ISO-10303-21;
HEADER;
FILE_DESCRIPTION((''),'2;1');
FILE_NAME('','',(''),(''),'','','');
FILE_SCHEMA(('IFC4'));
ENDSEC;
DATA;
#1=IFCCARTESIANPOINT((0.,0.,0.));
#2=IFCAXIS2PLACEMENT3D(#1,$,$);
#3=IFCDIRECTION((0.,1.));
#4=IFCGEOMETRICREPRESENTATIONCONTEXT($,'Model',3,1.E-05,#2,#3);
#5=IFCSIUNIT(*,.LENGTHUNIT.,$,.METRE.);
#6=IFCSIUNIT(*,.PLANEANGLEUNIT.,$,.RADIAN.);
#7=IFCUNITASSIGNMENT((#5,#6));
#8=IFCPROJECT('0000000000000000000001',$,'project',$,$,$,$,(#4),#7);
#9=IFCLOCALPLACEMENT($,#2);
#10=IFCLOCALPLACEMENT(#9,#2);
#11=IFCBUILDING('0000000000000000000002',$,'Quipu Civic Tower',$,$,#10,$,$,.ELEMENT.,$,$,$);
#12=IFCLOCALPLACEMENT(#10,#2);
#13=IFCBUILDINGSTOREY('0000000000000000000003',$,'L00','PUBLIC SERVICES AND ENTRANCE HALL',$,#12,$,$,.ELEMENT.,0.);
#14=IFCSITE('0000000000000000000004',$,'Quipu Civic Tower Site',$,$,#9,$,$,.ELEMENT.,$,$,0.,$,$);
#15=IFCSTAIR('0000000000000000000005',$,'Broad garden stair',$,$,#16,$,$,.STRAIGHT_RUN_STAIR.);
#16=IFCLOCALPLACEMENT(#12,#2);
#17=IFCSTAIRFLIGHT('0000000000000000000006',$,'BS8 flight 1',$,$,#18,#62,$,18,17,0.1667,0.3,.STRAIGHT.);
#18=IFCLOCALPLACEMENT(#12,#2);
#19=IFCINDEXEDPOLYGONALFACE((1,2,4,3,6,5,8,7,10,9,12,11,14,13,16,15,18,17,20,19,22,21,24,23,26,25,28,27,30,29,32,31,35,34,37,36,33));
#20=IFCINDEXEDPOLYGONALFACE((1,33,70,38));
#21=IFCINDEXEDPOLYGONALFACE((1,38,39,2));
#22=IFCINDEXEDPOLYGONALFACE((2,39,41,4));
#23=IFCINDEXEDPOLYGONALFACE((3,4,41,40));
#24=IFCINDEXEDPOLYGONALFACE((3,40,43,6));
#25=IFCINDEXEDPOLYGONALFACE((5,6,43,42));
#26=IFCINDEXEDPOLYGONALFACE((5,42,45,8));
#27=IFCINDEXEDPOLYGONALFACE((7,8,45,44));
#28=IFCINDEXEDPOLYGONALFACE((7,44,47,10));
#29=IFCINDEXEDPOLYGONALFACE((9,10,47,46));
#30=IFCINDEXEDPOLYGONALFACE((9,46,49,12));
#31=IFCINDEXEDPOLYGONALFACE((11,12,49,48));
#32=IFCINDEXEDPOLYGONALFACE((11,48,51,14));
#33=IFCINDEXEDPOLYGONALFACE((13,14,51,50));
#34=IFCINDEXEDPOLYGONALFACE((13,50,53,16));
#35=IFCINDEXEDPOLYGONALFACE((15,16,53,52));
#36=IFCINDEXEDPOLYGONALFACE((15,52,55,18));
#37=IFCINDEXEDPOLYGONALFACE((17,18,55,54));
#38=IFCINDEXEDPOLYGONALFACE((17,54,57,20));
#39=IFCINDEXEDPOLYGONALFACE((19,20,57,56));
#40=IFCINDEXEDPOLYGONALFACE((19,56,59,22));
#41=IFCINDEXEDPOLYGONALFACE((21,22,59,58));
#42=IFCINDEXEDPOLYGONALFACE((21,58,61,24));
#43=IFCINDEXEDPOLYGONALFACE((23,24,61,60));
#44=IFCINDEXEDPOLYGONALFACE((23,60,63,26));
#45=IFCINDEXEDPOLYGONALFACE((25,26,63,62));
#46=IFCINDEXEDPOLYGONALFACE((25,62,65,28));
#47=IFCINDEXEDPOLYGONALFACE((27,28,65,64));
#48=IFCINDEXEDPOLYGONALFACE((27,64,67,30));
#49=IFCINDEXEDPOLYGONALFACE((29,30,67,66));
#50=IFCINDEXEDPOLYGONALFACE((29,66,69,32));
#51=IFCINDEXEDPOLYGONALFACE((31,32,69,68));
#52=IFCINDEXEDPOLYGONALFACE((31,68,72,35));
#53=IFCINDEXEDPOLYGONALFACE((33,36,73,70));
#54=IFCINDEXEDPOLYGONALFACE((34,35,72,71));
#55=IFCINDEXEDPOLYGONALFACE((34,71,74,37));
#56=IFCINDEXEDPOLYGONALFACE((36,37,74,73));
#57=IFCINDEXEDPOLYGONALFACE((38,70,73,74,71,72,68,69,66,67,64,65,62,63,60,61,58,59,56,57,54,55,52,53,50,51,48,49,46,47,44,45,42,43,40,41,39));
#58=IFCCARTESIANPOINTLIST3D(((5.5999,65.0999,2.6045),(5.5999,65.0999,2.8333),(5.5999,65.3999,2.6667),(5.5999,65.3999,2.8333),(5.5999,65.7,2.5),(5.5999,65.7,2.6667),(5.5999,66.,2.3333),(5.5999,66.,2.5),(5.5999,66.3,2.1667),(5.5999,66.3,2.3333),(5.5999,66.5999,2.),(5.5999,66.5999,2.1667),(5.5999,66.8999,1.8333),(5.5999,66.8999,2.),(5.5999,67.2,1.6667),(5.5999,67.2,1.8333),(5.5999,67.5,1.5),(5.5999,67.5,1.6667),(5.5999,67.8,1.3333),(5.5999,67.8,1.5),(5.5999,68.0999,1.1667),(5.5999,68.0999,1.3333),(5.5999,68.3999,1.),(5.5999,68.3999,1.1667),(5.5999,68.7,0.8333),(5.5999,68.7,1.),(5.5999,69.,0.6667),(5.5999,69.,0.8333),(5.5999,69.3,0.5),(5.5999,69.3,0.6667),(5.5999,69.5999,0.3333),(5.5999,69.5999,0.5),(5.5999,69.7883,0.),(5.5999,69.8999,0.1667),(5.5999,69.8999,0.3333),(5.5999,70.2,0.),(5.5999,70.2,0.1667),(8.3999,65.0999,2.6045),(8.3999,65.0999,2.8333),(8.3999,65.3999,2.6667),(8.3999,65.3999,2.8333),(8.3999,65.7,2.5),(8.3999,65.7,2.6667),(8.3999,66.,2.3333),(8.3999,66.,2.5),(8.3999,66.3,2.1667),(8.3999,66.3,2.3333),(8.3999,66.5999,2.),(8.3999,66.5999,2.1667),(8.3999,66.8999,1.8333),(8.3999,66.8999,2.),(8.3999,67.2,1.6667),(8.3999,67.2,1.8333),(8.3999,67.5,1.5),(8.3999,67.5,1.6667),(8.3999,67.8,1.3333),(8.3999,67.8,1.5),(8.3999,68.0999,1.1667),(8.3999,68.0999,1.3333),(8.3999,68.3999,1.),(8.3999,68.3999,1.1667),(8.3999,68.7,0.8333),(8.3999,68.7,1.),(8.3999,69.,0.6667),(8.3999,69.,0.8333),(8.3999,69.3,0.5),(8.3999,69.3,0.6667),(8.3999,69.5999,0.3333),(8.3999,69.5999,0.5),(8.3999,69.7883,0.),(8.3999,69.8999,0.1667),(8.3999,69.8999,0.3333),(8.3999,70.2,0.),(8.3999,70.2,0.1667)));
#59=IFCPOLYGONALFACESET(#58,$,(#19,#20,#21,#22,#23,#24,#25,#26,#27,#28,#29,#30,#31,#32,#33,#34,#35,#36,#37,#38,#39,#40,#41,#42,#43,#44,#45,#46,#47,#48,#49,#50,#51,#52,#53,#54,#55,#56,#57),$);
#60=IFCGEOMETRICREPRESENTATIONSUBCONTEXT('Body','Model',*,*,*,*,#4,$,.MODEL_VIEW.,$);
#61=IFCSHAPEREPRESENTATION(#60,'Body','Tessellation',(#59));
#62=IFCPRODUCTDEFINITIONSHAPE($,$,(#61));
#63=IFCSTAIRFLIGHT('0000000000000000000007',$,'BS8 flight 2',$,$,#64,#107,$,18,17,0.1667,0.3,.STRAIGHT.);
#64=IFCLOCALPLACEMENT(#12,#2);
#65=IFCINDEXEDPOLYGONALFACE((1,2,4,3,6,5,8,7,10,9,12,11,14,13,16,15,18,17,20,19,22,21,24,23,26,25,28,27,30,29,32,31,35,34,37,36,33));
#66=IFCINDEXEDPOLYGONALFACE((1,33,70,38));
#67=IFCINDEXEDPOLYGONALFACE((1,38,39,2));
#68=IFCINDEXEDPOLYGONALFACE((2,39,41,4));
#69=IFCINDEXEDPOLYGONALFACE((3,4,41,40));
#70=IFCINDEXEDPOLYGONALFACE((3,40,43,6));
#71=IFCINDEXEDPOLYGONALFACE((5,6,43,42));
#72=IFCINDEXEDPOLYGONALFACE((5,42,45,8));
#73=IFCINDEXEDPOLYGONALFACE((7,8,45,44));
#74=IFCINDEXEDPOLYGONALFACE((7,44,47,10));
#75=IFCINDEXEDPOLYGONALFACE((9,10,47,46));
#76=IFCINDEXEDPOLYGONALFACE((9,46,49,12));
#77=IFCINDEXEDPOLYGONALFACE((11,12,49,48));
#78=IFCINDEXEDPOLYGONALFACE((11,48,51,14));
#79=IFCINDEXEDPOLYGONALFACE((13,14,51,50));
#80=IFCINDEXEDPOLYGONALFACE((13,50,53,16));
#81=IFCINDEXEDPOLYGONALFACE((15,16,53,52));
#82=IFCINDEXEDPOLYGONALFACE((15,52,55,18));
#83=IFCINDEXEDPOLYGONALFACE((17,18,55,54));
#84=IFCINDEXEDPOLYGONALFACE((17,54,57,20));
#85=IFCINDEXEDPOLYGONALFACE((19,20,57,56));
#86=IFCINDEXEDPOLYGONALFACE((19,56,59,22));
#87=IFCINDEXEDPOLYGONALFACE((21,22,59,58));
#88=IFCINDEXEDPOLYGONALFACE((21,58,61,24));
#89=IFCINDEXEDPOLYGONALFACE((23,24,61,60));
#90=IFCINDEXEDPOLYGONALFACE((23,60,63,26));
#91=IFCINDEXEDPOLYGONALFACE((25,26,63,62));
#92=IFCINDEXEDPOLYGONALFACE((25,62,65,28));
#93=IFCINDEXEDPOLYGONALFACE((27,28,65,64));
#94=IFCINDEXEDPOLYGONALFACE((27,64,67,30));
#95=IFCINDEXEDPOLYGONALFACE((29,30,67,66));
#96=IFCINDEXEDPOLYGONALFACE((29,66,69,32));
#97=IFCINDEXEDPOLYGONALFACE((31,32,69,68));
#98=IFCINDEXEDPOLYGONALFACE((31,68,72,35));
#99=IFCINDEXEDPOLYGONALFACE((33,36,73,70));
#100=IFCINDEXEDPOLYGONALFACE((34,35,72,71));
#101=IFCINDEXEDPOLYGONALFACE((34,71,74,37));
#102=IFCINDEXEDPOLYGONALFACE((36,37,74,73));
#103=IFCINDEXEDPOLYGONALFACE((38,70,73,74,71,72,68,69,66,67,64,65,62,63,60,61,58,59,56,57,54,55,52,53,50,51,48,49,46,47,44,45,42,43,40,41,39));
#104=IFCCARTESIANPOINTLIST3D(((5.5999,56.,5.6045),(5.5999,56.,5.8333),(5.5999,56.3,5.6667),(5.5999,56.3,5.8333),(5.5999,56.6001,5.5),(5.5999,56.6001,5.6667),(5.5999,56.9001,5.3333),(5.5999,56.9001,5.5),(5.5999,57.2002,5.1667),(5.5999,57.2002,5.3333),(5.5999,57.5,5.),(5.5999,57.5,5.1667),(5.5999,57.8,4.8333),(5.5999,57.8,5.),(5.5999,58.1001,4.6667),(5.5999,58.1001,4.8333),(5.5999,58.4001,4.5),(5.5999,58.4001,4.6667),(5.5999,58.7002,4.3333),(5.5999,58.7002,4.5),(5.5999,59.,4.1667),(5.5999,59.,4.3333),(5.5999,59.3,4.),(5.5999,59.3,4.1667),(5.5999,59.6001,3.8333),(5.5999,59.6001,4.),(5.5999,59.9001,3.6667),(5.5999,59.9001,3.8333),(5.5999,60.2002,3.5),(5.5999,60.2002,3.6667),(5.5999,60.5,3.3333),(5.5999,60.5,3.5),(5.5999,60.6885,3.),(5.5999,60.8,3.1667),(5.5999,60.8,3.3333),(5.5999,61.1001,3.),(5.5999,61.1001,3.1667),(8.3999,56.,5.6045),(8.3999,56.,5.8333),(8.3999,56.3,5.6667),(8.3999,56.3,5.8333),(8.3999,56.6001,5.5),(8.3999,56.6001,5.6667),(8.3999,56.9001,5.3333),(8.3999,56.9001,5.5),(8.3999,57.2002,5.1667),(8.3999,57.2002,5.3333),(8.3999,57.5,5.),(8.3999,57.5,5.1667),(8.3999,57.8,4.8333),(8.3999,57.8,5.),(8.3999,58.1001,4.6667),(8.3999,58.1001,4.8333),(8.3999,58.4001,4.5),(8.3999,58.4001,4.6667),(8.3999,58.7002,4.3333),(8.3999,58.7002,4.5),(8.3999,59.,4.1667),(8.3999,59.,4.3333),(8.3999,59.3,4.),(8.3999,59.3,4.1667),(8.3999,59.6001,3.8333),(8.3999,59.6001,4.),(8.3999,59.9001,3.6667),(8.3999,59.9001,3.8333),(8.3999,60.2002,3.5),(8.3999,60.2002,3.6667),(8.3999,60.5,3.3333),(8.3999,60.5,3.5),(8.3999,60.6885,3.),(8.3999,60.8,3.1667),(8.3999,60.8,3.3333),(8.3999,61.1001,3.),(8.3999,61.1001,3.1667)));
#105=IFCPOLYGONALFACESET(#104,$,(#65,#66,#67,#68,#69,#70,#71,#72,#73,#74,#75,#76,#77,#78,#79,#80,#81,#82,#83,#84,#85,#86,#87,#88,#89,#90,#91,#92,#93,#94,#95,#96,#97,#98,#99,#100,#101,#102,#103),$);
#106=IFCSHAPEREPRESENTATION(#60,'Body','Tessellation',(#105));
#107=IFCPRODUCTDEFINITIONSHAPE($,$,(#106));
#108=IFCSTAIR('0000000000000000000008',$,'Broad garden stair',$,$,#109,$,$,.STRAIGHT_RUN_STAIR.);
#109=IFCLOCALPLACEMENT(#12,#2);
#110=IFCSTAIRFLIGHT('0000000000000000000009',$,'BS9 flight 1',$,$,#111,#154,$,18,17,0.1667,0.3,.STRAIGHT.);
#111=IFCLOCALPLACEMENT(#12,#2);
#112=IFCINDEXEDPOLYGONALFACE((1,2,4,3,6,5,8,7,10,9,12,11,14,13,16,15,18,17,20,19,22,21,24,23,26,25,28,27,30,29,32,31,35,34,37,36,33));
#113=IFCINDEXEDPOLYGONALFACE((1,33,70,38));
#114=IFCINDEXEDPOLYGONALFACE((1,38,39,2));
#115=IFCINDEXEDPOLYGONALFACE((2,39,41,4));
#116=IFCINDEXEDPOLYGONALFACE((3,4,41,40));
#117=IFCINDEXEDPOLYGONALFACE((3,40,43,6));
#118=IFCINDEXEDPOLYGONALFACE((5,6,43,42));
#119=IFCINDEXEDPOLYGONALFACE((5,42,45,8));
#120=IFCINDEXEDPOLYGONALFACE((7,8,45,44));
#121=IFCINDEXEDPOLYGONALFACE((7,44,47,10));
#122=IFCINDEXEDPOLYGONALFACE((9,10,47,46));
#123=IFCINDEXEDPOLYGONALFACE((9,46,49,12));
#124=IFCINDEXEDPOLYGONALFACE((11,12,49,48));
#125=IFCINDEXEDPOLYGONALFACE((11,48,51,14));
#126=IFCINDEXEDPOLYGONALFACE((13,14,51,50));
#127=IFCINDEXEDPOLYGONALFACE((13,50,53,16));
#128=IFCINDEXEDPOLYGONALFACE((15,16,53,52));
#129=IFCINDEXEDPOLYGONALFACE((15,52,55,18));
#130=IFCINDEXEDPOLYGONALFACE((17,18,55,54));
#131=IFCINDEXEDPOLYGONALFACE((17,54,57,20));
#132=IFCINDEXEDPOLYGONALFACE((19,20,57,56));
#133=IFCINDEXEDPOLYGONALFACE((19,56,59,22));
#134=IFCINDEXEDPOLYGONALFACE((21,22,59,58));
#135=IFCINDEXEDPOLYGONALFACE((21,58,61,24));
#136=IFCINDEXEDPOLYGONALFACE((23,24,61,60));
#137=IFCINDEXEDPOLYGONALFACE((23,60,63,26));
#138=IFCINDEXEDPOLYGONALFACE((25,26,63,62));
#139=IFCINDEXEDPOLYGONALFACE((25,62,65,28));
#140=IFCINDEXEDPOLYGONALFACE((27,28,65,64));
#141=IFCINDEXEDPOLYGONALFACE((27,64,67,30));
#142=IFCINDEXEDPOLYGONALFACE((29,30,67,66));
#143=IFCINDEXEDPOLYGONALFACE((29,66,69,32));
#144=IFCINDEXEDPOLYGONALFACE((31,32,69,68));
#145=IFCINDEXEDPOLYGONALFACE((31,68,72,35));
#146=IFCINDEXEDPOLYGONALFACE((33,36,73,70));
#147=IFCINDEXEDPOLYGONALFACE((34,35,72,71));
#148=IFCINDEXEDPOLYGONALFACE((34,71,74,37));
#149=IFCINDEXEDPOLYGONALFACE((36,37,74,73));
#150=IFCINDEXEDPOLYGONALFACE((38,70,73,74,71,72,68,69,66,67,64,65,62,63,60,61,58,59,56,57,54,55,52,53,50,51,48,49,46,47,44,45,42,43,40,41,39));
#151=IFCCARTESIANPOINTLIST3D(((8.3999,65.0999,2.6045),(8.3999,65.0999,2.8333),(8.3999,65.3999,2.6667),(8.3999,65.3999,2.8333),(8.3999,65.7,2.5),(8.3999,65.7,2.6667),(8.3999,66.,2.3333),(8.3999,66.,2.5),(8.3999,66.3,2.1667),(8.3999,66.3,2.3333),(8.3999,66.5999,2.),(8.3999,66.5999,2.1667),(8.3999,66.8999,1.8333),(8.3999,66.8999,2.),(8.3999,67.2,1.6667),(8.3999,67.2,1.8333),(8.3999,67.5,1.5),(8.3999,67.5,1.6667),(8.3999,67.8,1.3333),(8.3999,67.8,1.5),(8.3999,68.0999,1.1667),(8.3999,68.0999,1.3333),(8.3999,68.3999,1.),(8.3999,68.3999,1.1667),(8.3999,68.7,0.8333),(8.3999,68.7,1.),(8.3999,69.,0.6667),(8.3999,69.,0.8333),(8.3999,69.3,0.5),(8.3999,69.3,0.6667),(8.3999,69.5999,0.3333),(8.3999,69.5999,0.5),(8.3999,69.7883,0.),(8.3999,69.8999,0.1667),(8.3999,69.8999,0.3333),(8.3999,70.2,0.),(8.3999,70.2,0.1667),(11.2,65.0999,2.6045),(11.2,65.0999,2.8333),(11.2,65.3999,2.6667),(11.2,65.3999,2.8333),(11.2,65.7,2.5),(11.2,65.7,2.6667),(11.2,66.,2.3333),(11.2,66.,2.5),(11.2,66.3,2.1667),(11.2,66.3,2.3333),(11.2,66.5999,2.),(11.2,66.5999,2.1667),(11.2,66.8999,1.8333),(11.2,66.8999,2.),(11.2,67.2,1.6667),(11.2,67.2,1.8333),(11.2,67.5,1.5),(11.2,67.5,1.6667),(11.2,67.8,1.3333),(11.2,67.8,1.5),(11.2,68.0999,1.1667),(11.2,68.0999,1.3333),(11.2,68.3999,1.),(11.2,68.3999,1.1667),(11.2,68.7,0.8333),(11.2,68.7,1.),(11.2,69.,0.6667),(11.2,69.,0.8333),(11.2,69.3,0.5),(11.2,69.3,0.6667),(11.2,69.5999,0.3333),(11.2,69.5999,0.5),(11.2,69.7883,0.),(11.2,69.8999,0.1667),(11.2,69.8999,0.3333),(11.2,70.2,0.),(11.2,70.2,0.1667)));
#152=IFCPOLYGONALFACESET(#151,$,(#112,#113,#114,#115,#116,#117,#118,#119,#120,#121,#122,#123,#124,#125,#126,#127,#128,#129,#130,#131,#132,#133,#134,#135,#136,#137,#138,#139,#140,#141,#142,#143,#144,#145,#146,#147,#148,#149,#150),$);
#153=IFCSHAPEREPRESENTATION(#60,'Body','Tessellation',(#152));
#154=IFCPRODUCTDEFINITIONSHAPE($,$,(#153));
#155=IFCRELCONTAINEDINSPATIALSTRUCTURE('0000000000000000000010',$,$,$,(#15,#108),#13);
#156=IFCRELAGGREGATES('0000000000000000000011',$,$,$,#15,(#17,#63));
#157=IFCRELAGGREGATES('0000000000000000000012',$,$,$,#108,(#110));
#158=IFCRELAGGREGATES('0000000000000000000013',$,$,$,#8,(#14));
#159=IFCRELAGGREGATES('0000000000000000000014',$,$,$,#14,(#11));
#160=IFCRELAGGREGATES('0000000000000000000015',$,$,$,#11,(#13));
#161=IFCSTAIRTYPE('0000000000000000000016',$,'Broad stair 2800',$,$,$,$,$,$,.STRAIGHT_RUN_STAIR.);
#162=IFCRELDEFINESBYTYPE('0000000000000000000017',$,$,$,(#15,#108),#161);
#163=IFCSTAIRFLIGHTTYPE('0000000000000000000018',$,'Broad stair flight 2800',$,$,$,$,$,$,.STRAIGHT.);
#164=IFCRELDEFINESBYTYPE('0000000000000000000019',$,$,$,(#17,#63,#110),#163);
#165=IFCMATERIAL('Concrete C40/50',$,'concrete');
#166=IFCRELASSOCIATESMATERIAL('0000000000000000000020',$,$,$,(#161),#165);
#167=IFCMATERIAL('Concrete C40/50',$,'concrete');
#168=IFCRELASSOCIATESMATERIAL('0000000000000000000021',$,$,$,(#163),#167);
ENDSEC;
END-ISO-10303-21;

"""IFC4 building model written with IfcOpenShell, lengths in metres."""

from ifc_helpers import new_model, si_unit, direction, frame, origin, place, context, subcontext, project, spatial, polyline, outline, extrude, material, type_object, element, aggregate, save


model = new_model("IFC4")

# Units and contexts
model_context = context("Model", 3, precision=1e-05, world=origin(), true_north=direction((0.0, 1.0)))
body_context = subcontext(model_context, "Body", "Model", "MODEL_VIEW")
ifc_project = project(units=[si_unit("LENGTHUNIT", "METRE"), si_unit("PLANEANGLEUNIT", "RADIAN")], contexts=[model_context])

# Site, building, storey
site_placement = place(None, origin())
site = spatial("IfcSite", under=ifc_project, at=site_placement, Name="Quipu Civic Tower Site", CompositionType="ELEMENT", RefElevation=0.0)
building_placement = place(site_placement, origin())
building = spatial("IfcBuilding", under=site, at=building_placement, Name="Quipu Civic Tower", CompositionType="ELEMENT")
storey_placement = place(building_placement, origin())
storey = spatial("IfcBuildingStorey", under=building, at=storey_placement, Name="L00", Description="PUBLIC SERVICES AND ENTRANCE HALL", CompositionType="ELEMENT", Elevation=0.0)

# Stairs, stair flights
ifc_material_1 = material(Name="Concrete C40/50", Category="concrete")
stair_type = type_object("IfcStairType", Name="Broad stair 2800", PredefinedType="STRAIGHT_RUN_STAIR", material=ifc_material_1)
ifc_material_2 = material(Name="Concrete C40/50", Category="concrete")
stair_flight_type = type_object("IfcStairFlightType", Name="Broad stair flight 2800", PredefinedType="STRAIGHT", material=ifc_material_2)
stair_1_placement = place(storey_placement, origin())
stair_1 = element("IfcStair", 1, at=stair_1_placement, inside=storey, type_object=stair_type, Name="Broad garden stair", PredefinedType="STRAIGHT_RUN_STAIR")
stair_flight_1_placement = place(storey_placement, frame((7.0, 70.2, 0.0), z_axis=(0.0, 0.0, 1.0), x_axis=(0.0, -1.0, 0.0)))
stair_flight_1 = element("IfcStairFlight", 2, at=stair_flight_1_placement, type_object=stair_flight_type, Name="BS8 flight 1", NumberOfRisers=18, NumberOfTreads=17, PredefinedType="STRAIGHT", RiserHeight=0.1667, TreadLength=0.3, context=body_context, shape_type="SweptSolid", body=[
    extrude(outline(polyline([(0.0, 0.0), (0.0, 0.1667), (0.3, 0.1667), (0.3, 0.3333), (0.6001, 0.3333), (0.6001, 0.5), (0.8999, 0.5), (0.8999, 0.6667), (1.2, 0.6667), (1.2, 0.8333), (1.5, 0.8333), (1.5, 1.0), (1.8, 1.0), (1.8, 1.1667), (2.1001, 1.1667), (2.1001, 1.3333), (2.3999, 1.3333), (2.3999, 1.5), (2.7, 1.5), (2.7, 1.6667), (3.0, 1.6667), (3.0, 1.8333), (3.3, 1.8333), (3.3, 2.0), (3.6001, 2.0), (3.6001, 2.1667), (3.8999, 2.1667), (3.8999, 2.3333), (4.2, 2.3333), (4.2, 2.5), (4.5, 2.5), (4.5, 2.6667), (4.8, 2.6667), (4.8, 2.8333), (5.1001, 2.8333), (5.1001, 3.0), (5.1001, 2.6045), (0.4116, 0.0), (0.0, 0.0)])), frame((0.0, 1.3999, 0.0), z_axis=(0.0, -1.0, 0.0), x_axis=(1.0, 0.0, 0.0)), (0.0, 0.0, 1.0), 2.8),
])
stair_flight_2_placement = place(storey_placement, frame((7.0, 61.1001, 3.0), z_axis=(0.0, 0.0, 1.0), x_axis=(0.0, -1.0, 0.0)))
stair_flight_2 = element("IfcStairFlight", 3, at=stair_flight_2_placement, type_object=stair_flight_type, Name="BS8 flight 2", NumberOfRisers=18, NumberOfTreads=17, PredefinedType="STRAIGHT", RiserHeight=0.1667, TreadLength=0.3, context=body_context, shape_type="SweptSolid", body=[
    extrude(outline(polyline([(0.0, 0.0), (0.0, 0.1667), (0.3, 0.1667), (0.3, 0.3333), (0.6001, 0.3333), (0.6001, 0.5), (0.8999, 0.5), (0.8999, 0.6667), (1.2, 0.6667), (1.2, 0.8333), (1.5, 0.8333), (1.5, 1.0), (1.8, 1.0), (1.8, 1.1667), (2.1001, 1.1667), (2.1001, 1.3333), (2.3999, 1.3333), (2.3999, 1.5), (2.7, 1.5), (2.7, 1.6667), (3.0, 1.6667), (3.0, 1.8333), (3.3, 1.8333), (3.3, 2.0), (3.6001, 2.0), (3.6001, 2.1667), (3.8999, 2.1667), (3.8999, 2.3333), (4.2, 2.3333), (4.2, 2.5), (4.5, 2.5), (4.5, 2.6667), (4.8, 2.6667), (4.8, 2.8333), (5.1001, 2.8333), (5.1001, 3.0), (5.1001, 2.6045), (0.4116, 0.0), (0.0, 0.0)])), frame((0.0, 1.3999, 0.0), z_axis=(0.0, -1.0, 0.0), x_axis=(1.0, 0.0, 0.0)), (0.0, 0.0, 1.0), 2.8),
])
aggregate(stair_1, [stair_flight_1, stair_flight_2])
stair_2_placement = place(storey_placement, origin())
stair_2 = element("IfcStair", 4, at=stair_2_placement, inside=storey, type_object=stair_type, Name="Broad garden stair", PredefinedType="STRAIGHT_RUN_STAIR")
stair_flight_3_placement = place(storey_placement, frame((9.8, 70.2, 0.0), z_axis=(0.0, 0.0, 1.0), x_axis=(0.0, -1.0, 0.0)))
stair_flight_3 = element("IfcStairFlight", 5, at=stair_flight_3_placement, type_object=stair_flight_type, Name="BS9 flight 1", NumberOfRisers=18, NumberOfTreads=17, PredefinedType="STRAIGHT", RiserHeight=0.1667, TreadLength=0.3, context=body_context, shape_type="SweptSolid", body=[
    extrude(outline(polyline([(0.0, 0.0), (0.0, 0.1667), (0.3, 0.1667), (0.3, 0.3333), (0.6001, 0.3333), (0.6001, 0.5), (0.8999, 0.5), (0.8999, 0.6667), (1.2, 0.6667), (1.2, 0.8333), (1.5, 0.8333), (1.5, 1.0), (1.8, 1.0), (1.8, 1.1667), (2.1001, 1.1667), (2.1001, 1.3333), (2.3999, 1.3333), (2.3999, 1.5), (2.7, 1.5), (2.7, 1.6667), (3.0, 1.6667), (3.0, 1.8333), (3.3, 1.8333), (3.3, 2.0), (3.6001, 2.0), (3.6001, 2.1667), (3.8999, 2.1667), (3.8999, 2.3333), (4.2, 2.3333), (4.2, 2.5), (4.5, 2.5), (4.5, 2.6667), (4.8, 2.6667), (4.8, 2.8333), (5.1001, 2.8333), (5.1001, 3.0), (5.1001, 2.6045), (0.4116, 0.0), (0.0, 0.0)])), frame((0.0, 1.3999, 0.0), z_axis=(0.0, -1.0, 0.0), x_axis=(1.0, 0.0, 0.0)), (0.0, 0.0, 1.0), 2.8),
])
aggregate(stair_2, [stair_flight_3])

save(model, "model.ifc")
